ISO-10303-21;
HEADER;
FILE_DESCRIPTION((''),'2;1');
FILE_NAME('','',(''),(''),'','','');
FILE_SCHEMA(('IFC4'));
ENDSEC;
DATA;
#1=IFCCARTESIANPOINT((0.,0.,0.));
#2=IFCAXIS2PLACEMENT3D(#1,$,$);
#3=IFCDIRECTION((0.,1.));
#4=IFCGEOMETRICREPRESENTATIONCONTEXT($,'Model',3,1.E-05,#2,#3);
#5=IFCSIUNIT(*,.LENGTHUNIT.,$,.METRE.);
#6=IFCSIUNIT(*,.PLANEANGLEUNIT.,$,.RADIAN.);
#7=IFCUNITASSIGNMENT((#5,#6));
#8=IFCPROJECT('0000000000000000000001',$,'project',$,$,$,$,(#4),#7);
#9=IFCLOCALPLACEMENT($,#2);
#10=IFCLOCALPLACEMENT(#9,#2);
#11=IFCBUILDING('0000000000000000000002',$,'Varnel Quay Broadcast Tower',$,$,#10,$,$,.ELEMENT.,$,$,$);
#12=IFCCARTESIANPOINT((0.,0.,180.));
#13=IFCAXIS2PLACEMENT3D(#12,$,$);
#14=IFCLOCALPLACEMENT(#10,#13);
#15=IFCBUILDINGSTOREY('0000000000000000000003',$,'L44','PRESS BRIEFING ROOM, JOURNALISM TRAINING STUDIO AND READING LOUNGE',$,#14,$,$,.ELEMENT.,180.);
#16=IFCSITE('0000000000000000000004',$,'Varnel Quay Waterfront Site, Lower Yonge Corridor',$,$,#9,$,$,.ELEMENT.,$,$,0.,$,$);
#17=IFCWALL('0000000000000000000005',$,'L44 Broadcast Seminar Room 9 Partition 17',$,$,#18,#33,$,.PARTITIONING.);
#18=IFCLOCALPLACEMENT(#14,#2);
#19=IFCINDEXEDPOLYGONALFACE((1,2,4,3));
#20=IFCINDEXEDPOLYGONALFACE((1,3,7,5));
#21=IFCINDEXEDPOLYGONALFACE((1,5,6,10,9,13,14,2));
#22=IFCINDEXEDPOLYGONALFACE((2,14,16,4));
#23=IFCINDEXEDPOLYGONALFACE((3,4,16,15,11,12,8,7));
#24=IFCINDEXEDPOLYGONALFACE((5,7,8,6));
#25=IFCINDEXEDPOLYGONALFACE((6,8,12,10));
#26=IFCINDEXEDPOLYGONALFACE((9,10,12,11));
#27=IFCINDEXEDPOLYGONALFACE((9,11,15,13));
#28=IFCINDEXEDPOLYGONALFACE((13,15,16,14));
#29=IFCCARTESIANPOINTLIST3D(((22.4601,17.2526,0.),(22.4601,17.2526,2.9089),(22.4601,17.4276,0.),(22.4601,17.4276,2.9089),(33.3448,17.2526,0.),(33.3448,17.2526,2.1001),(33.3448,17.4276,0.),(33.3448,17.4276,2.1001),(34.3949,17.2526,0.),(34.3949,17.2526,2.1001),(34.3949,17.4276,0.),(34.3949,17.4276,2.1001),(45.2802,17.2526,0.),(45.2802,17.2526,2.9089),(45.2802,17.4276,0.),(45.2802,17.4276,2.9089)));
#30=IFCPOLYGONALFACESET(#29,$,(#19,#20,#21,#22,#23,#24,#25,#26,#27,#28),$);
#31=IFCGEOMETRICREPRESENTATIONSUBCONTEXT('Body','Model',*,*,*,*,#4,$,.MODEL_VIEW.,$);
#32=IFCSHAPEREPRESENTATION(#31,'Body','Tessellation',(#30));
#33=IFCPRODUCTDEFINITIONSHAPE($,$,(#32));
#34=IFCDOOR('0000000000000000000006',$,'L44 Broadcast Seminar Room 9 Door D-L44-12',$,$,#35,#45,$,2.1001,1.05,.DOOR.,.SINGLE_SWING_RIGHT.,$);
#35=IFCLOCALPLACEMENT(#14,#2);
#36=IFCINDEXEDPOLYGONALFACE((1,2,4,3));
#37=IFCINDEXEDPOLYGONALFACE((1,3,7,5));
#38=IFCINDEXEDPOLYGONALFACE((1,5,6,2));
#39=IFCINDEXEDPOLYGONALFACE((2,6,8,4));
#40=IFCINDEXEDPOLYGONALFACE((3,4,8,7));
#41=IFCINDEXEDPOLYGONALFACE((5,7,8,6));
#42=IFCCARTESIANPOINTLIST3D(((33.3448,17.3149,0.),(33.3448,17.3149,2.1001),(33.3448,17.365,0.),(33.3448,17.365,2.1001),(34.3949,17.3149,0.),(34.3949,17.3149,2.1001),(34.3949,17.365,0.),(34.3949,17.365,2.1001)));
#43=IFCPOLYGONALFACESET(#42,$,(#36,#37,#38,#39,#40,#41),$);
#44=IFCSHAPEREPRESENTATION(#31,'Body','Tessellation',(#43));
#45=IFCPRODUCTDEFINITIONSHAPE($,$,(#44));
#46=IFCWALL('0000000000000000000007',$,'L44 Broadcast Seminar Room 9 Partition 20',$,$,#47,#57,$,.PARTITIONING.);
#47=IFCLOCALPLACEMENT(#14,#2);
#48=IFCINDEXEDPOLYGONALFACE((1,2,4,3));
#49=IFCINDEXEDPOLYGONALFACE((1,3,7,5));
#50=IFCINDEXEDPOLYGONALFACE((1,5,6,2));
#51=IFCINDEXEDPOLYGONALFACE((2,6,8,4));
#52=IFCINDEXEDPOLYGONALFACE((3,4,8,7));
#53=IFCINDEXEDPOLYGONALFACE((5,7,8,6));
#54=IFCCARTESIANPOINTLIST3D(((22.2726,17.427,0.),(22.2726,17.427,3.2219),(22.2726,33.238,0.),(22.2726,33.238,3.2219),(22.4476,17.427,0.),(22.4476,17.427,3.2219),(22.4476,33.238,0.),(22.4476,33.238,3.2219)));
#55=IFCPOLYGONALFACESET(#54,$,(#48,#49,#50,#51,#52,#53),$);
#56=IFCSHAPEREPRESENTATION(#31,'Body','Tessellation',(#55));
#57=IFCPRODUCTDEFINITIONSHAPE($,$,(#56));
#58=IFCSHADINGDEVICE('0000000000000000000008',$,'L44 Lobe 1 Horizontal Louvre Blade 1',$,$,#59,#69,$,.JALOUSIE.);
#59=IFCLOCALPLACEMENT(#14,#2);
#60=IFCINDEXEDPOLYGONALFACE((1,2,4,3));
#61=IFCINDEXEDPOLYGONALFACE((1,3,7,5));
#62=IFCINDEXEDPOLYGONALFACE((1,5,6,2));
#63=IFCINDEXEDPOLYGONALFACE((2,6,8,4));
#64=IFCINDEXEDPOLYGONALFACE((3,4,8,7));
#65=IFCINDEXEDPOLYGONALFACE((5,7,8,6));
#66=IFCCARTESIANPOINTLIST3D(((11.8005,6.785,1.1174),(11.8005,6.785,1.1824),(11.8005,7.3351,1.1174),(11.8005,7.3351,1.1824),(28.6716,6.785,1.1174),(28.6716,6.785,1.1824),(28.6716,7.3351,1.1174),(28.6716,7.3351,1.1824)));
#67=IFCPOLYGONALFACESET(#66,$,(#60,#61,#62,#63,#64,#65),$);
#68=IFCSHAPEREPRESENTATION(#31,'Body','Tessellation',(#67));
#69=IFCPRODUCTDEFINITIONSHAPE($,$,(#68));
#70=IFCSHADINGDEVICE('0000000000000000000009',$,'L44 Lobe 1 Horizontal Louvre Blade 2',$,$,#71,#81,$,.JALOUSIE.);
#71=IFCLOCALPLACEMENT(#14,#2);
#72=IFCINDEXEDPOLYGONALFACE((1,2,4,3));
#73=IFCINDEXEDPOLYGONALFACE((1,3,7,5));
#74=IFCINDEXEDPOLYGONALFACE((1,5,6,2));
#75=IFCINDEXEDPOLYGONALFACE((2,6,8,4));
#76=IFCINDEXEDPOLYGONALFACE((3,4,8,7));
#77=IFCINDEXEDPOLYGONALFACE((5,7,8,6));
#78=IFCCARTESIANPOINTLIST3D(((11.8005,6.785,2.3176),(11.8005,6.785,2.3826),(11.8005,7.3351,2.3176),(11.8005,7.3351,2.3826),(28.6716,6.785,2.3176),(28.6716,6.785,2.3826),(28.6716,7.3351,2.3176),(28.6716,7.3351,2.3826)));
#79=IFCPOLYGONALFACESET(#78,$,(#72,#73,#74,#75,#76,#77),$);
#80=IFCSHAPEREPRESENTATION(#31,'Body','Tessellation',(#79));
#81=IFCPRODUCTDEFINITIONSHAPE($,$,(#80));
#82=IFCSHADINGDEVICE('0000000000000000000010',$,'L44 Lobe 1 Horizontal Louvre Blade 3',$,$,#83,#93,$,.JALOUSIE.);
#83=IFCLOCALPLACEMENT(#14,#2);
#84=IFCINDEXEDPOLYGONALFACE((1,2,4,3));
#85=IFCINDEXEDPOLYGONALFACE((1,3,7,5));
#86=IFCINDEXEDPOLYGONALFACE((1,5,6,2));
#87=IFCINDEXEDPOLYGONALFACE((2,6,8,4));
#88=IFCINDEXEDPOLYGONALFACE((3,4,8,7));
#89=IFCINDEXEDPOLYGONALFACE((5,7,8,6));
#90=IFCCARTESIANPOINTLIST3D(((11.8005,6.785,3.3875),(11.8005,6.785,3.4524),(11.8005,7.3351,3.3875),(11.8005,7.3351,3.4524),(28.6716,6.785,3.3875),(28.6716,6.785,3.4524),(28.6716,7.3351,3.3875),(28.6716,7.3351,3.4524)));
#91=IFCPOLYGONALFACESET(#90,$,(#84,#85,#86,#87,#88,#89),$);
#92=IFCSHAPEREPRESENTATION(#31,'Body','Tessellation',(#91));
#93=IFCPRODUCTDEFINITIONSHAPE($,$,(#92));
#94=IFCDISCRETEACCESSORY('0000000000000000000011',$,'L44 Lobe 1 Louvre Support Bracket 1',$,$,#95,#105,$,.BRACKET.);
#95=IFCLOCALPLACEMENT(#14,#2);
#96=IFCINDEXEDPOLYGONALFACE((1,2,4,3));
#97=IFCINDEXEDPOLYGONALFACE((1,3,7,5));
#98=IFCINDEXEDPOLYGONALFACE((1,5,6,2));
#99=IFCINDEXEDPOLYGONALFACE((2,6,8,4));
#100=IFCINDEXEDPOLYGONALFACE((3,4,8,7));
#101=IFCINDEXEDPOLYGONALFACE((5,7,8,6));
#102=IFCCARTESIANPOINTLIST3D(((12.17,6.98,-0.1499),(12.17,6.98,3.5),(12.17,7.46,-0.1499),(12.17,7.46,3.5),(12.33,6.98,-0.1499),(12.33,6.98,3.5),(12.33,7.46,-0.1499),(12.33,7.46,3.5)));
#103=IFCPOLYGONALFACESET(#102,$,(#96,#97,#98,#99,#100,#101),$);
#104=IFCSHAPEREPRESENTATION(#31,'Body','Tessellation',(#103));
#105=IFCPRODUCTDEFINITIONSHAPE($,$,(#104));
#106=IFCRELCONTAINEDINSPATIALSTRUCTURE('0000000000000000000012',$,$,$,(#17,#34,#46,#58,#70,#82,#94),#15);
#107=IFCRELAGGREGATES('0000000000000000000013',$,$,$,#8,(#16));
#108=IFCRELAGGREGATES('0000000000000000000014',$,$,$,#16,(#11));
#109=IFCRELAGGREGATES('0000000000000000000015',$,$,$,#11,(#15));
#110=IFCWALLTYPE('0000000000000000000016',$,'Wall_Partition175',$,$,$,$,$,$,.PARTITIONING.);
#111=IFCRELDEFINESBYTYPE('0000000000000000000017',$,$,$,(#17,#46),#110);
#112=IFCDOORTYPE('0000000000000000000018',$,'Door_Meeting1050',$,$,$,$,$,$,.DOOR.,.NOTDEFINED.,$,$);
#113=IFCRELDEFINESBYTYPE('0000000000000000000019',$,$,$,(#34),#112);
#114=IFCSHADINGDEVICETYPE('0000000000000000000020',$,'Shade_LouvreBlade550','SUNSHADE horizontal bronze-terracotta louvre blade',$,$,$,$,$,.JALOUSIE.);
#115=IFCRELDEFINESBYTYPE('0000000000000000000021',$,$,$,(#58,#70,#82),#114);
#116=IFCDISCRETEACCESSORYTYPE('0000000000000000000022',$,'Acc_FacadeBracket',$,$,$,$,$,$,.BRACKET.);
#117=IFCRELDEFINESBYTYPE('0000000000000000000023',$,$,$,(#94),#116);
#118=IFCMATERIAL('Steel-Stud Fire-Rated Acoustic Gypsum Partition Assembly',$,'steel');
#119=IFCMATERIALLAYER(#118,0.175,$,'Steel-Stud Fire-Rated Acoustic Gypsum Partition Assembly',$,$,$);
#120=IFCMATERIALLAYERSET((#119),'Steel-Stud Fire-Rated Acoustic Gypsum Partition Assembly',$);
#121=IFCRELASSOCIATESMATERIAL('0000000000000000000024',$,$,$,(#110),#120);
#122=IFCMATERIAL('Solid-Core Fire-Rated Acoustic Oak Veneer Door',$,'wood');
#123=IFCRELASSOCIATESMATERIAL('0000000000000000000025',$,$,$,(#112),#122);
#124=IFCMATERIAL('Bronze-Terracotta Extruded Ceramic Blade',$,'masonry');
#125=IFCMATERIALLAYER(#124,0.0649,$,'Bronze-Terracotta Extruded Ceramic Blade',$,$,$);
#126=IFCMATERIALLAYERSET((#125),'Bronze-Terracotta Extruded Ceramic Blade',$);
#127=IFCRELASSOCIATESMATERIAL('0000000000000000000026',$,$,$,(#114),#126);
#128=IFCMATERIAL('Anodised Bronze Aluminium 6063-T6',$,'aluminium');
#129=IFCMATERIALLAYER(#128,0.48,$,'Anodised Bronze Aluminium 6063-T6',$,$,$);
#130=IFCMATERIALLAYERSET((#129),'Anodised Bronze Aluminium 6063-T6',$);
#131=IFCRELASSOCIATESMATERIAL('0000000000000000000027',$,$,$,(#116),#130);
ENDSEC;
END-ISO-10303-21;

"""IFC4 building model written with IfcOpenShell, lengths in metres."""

from ifc_helpers import new_model, si_unit, direction, frame, frame_2d, origin, origin_2d, place, context, subcontext, project, spatial, rectangle, extrude, source, transform, mapped, material, layer, layer_set, type_object, type_shapes, element, fill, save


model = new_model("IFC4")

# Units and contexts
model_context = context("Model", 3, precision=1e-05, world=origin(), true_north=direction((0.0, 1.0)))
body_context = subcontext(model_context, "Body", "Model", "MODEL_VIEW")
ifc_project = project(units=[si_unit("LENGTHUNIT", "METRE"), si_unit("PLANEANGLEUNIT", "RADIAN")], contexts=[model_context])

# Site, building, storey
site_placement = place(None, origin())
site = spatial("IfcSite", under=ifc_project, at=site_placement, Name="Varnel Quay Waterfront Site, Lower Yonge Corridor", CompositionType="ELEMENT", RefElevation=0.0)
building_placement = place(site_placement, origin())
building = spatial("IfcBuilding", under=site, at=building_placement, Name="Varnel Quay Broadcast Tower", CompositionType="ELEMENT")
storey_placement = place(building_placement, frame((0.0, 0.0, 180.0)))
storey = spatial("IfcBuildingStorey", under=building, at=storey_placement, Name="L44", Description="PRESS BRIEFING ROOM, JOURNALISM TRAINING STUDIO AND READING LOUNGE", CompositionType="ELEMENT", Elevation=180.0)

# Shared definitions
ifc_material_1 = material(Name="Anodised Bronze Aluminium 6063-T6", Category="aluminium")

# Shared definitions
ifc_material_2 = material(Name="Steel-Stud Fire-Rated Acoustic Gypsum Partition Assembly", Category="steel")

# Shared definitions
ifc_material_3 = material(Name="Solid-Core Fire-Rated Acoustic Oak Veneer Door", Category="wood")

# Wall, opening, door
ifc_layer_1 = layer(ifc_material_2, 0.175, Name="Steel-Stud Fire-Rated Acoustic Gypsum Partition Assembly")
ifc_layer_set_1 = layer_set([ifc_layer_1], Name="Steel-Stud Fire-Rated Acoustic Gypsum Partition Assembly")
wall_type_1 = type_object("IfcWallType", Name="Wall_Partition175", PredefinedType="PARTITIONING", material=ifc_layer_set_1)
wall_1_placement = place(storey_placement, frame((22.46, 17.3401, 0.0), z_axis=(0.0, 0.0, 1.0), x_axis=(1.0, 0.0, 0.0)))
wall_1 = element("IfcWall", 1, at=wall_1_placement, inside=storey, type_object=wall_type_1, Name="L44 Broadcast Seminar Room 9 Partition 17", PredefinedType="PARTITIONING", context=body_context, shape_type="SweptSolid", body=[
    extrude(rectangle(XDim=22.8201, YDim=0.175, at=frame_2d((11.4102, 0.0))), origin(), (0.0, 0.0, 1.0), 2.9089),
])
opening_1_placement = place(wall_1_placement, frame((10.885, 0.0, 0.0)))
opening_1 = element("IfcOpeningElement", 2, at=opening_1_placement, cuts=wall_1, PredefinedType="OPENING", context=body_context, shape_type="SweptSolid", body=[
    extrude(rectangle(XDim=1.05, YDim=2.1001, at=frame_2d((0.5249, 1.05))), frame((0.0, 0.0977, 0.0), z_axis=(0.0, -1.0, 0.0), x_axis=(1.0, 0.0, 0.0)), (0.0, 0.0, 1.0), 0.1951),
])
door_type_1 = type_object("IfcDoorType", Name="Door_Meeting1050", OperationType="NOTDEFINED", PredefinedType="DOOR", material=ifc_material_3)
shared_shape_1 = source(origin(), body_context, "Body", "SweptSolid", [
    extrude(rectangle(XDim=1.05, YDim=2.1001, at=frame_2d((0.5249, 1.05))), frame((0.0, 0.0249, 0.0), z_axis=(0.0, -1.0, 0.0), x_axis=(1.0, 0.0, 0.0)), (0.0, 0.0, 1.0), 0.05),
])
type_shapes(door_type_1, [shared_shape_1])
door_1_placement = place(opening_1_placement, origin())
door_1 = element("IfcDoor", 3, at=door_1_placement, inside=storey, type_object=door_type_1, Name="L44 Broadcast Seminar Room 9 Door D-L44-12", OperationType="SINGLE_SWING_RIGHT", OverallHeight=2.1001, OverallWidth=1.05, PredefinedType="DOOR", context=body_context, shape_type="MappedRepresentation", body=[
    mapped(shared_shape_1, transform((0.0, 0.0, 0.0), x_axis=(1.0, 0.0, 0.0), y_axis=(0.0, 1.0, 0.0), z_axis=(0.0, 0.0, 1.0), scale=1.0)),
])
fill(opening_1, door_1)

# Wall
wall_2_placement = place(storey_placement, frame((22.3601, 17.427, 0.0), z_axis=(0.0, 0.0, 1.0), x_axis=(0.0, 1.0, 0.0)))
element("IfcWall", 4, at=wall_2_placement, inside=storey, type_object=wall_type_1, Name="L44 Broadcast Seminar Room 9 Partition 20", PredefinedType="PARTITIONING", context=body_context, shape_type="SweptSolid", body=[
    extrude(rectangle(XDim=15.811, YDim=0.175, at=frame_2d((7.9055, 0.0))), origin(), (0.0, 0.0, 1.0), 3.2219),
])

# Shading devices
ifc_material_4 = material(Name="Bronze-Terracotta Extruded Ceramic Blade", Category="masonry")
ifc_layer_2 = layer(ifc_material_4, 0.0649, Name="Bronze-Terracotta Extruded Ceramic Blade")
ifc_layer_set_2 = layer_set([ifc_layer_2], Name="Bronze-Terracotta Extruded Ceramic Blade")
shading_device_type = type_object("IfcShadingDeviceType", Name="Shade_LouvreBlade550", Description="SUNSHADE horizontal bronze-terracotta louvre blade", PredefinedType="JALOUSIE", material=ifc_layer_set_2)
shared_shape_2 = source(origin(), body_context, "Body", "SweptSolid", [
    extrude(rectangle(XDim=16.8711, YDim=0.55, at=origin_2d()), origin(), (0.0, 0.0, 1.0), 0.0649),
])
type_shapes(shading_device_type, [shared_shape_2])
for number, where, z_axis, x_axis, name in (
    (5, (20.2361, 7.0601, 1.1174), (0.0, 0.0, 1.0), (1.0, 0.0, 0.0), "L44 Lobe 1 Horizontal Louvre Blade 1"),
    (6, (20.2361, 7.0601, 2.3176), (0.0, 0.0, 1.0), (1.0, 0.0, 0.0), "L44 Lobe 1 Horizontal Louvre Blade 2"),
    (7, (20.2361, 7.0601, 3.3875), (0.0, 0.0, 1.0), (1.0, 0.0, 0.0), "L44 Lobe 1 Horizontal Louvre Blade 3"),
):
    element("IfcShadingDevice", number, at=place(storey_placement, frame(where, z_axis=z_axis, x_axis=x_axis)), inside=storey, type_object=shading_device_type, Name=name, PredefinedType="JALOUSIE", context=body_context, shape_type="MappedRepresentation", body=[
        mapped(shared_shape_2, transform((0.0, 0.0, 0.0), x_axis=(1.0, 0.0, 0.0), y_axis=(0.0, 1.0, 0.0), z_axis=(0.0, 0.0, 1.0), scale=1.0)),
    ])

# Discrete accessory
ifc_layer_3 = layer(ifc_material_1, 0.48, Name="Anodised Bronze Aluminium 6063-T6")
ifc_layer_set_3 = layer_set([ifc_layer_3], Name="Anodised Bronze Aluminium 6063-T6")
discrete_accessory_type = type_object("IfcDiscreteAccessoryType", Name="Acc_FacadeBracket", PredefinedType="BRACKET", material=ifc_layer_set_3)
shared_shape_3 = source(origin(), body_context, "Body", "SweptSolid", [
    extrude(rectangle(XDim=0.1599, YDim=0.48, at=origin_2d()), origin(), (0.0, 0.0, 1.0), 3.6499),
])
type_shapes(discrete_accessory_type, [shared_shape_3])
discrete_accessory_placement = place(storey_placement, frame((12.25, 7.22, -0.1499), z_axis=(0.0, 0.0, 1.0), x_axis=(1.0, 0.0, 0.0)))
element("IfcDiscreteAccessory", 8, at=discrete_accessory_placement, inside=storey, type_object=discrete_accessory_type, Name="L44 Lobe 1 Louvre Support Bracket 1", PredefinedType="BRACKET", context=body_context, shape_type="MappedRepresentation", body=[
    mapped(shared_shape_3, transform((0.0, 0.0, 0.0), x_axis=(1.0, 0.0, 0.0), y_axis=(0.0, 1.0, 0.0), z_axis=(0.0, 0.0, 1.0), scale=1.0)),
])

save(model, "model.ifc")
